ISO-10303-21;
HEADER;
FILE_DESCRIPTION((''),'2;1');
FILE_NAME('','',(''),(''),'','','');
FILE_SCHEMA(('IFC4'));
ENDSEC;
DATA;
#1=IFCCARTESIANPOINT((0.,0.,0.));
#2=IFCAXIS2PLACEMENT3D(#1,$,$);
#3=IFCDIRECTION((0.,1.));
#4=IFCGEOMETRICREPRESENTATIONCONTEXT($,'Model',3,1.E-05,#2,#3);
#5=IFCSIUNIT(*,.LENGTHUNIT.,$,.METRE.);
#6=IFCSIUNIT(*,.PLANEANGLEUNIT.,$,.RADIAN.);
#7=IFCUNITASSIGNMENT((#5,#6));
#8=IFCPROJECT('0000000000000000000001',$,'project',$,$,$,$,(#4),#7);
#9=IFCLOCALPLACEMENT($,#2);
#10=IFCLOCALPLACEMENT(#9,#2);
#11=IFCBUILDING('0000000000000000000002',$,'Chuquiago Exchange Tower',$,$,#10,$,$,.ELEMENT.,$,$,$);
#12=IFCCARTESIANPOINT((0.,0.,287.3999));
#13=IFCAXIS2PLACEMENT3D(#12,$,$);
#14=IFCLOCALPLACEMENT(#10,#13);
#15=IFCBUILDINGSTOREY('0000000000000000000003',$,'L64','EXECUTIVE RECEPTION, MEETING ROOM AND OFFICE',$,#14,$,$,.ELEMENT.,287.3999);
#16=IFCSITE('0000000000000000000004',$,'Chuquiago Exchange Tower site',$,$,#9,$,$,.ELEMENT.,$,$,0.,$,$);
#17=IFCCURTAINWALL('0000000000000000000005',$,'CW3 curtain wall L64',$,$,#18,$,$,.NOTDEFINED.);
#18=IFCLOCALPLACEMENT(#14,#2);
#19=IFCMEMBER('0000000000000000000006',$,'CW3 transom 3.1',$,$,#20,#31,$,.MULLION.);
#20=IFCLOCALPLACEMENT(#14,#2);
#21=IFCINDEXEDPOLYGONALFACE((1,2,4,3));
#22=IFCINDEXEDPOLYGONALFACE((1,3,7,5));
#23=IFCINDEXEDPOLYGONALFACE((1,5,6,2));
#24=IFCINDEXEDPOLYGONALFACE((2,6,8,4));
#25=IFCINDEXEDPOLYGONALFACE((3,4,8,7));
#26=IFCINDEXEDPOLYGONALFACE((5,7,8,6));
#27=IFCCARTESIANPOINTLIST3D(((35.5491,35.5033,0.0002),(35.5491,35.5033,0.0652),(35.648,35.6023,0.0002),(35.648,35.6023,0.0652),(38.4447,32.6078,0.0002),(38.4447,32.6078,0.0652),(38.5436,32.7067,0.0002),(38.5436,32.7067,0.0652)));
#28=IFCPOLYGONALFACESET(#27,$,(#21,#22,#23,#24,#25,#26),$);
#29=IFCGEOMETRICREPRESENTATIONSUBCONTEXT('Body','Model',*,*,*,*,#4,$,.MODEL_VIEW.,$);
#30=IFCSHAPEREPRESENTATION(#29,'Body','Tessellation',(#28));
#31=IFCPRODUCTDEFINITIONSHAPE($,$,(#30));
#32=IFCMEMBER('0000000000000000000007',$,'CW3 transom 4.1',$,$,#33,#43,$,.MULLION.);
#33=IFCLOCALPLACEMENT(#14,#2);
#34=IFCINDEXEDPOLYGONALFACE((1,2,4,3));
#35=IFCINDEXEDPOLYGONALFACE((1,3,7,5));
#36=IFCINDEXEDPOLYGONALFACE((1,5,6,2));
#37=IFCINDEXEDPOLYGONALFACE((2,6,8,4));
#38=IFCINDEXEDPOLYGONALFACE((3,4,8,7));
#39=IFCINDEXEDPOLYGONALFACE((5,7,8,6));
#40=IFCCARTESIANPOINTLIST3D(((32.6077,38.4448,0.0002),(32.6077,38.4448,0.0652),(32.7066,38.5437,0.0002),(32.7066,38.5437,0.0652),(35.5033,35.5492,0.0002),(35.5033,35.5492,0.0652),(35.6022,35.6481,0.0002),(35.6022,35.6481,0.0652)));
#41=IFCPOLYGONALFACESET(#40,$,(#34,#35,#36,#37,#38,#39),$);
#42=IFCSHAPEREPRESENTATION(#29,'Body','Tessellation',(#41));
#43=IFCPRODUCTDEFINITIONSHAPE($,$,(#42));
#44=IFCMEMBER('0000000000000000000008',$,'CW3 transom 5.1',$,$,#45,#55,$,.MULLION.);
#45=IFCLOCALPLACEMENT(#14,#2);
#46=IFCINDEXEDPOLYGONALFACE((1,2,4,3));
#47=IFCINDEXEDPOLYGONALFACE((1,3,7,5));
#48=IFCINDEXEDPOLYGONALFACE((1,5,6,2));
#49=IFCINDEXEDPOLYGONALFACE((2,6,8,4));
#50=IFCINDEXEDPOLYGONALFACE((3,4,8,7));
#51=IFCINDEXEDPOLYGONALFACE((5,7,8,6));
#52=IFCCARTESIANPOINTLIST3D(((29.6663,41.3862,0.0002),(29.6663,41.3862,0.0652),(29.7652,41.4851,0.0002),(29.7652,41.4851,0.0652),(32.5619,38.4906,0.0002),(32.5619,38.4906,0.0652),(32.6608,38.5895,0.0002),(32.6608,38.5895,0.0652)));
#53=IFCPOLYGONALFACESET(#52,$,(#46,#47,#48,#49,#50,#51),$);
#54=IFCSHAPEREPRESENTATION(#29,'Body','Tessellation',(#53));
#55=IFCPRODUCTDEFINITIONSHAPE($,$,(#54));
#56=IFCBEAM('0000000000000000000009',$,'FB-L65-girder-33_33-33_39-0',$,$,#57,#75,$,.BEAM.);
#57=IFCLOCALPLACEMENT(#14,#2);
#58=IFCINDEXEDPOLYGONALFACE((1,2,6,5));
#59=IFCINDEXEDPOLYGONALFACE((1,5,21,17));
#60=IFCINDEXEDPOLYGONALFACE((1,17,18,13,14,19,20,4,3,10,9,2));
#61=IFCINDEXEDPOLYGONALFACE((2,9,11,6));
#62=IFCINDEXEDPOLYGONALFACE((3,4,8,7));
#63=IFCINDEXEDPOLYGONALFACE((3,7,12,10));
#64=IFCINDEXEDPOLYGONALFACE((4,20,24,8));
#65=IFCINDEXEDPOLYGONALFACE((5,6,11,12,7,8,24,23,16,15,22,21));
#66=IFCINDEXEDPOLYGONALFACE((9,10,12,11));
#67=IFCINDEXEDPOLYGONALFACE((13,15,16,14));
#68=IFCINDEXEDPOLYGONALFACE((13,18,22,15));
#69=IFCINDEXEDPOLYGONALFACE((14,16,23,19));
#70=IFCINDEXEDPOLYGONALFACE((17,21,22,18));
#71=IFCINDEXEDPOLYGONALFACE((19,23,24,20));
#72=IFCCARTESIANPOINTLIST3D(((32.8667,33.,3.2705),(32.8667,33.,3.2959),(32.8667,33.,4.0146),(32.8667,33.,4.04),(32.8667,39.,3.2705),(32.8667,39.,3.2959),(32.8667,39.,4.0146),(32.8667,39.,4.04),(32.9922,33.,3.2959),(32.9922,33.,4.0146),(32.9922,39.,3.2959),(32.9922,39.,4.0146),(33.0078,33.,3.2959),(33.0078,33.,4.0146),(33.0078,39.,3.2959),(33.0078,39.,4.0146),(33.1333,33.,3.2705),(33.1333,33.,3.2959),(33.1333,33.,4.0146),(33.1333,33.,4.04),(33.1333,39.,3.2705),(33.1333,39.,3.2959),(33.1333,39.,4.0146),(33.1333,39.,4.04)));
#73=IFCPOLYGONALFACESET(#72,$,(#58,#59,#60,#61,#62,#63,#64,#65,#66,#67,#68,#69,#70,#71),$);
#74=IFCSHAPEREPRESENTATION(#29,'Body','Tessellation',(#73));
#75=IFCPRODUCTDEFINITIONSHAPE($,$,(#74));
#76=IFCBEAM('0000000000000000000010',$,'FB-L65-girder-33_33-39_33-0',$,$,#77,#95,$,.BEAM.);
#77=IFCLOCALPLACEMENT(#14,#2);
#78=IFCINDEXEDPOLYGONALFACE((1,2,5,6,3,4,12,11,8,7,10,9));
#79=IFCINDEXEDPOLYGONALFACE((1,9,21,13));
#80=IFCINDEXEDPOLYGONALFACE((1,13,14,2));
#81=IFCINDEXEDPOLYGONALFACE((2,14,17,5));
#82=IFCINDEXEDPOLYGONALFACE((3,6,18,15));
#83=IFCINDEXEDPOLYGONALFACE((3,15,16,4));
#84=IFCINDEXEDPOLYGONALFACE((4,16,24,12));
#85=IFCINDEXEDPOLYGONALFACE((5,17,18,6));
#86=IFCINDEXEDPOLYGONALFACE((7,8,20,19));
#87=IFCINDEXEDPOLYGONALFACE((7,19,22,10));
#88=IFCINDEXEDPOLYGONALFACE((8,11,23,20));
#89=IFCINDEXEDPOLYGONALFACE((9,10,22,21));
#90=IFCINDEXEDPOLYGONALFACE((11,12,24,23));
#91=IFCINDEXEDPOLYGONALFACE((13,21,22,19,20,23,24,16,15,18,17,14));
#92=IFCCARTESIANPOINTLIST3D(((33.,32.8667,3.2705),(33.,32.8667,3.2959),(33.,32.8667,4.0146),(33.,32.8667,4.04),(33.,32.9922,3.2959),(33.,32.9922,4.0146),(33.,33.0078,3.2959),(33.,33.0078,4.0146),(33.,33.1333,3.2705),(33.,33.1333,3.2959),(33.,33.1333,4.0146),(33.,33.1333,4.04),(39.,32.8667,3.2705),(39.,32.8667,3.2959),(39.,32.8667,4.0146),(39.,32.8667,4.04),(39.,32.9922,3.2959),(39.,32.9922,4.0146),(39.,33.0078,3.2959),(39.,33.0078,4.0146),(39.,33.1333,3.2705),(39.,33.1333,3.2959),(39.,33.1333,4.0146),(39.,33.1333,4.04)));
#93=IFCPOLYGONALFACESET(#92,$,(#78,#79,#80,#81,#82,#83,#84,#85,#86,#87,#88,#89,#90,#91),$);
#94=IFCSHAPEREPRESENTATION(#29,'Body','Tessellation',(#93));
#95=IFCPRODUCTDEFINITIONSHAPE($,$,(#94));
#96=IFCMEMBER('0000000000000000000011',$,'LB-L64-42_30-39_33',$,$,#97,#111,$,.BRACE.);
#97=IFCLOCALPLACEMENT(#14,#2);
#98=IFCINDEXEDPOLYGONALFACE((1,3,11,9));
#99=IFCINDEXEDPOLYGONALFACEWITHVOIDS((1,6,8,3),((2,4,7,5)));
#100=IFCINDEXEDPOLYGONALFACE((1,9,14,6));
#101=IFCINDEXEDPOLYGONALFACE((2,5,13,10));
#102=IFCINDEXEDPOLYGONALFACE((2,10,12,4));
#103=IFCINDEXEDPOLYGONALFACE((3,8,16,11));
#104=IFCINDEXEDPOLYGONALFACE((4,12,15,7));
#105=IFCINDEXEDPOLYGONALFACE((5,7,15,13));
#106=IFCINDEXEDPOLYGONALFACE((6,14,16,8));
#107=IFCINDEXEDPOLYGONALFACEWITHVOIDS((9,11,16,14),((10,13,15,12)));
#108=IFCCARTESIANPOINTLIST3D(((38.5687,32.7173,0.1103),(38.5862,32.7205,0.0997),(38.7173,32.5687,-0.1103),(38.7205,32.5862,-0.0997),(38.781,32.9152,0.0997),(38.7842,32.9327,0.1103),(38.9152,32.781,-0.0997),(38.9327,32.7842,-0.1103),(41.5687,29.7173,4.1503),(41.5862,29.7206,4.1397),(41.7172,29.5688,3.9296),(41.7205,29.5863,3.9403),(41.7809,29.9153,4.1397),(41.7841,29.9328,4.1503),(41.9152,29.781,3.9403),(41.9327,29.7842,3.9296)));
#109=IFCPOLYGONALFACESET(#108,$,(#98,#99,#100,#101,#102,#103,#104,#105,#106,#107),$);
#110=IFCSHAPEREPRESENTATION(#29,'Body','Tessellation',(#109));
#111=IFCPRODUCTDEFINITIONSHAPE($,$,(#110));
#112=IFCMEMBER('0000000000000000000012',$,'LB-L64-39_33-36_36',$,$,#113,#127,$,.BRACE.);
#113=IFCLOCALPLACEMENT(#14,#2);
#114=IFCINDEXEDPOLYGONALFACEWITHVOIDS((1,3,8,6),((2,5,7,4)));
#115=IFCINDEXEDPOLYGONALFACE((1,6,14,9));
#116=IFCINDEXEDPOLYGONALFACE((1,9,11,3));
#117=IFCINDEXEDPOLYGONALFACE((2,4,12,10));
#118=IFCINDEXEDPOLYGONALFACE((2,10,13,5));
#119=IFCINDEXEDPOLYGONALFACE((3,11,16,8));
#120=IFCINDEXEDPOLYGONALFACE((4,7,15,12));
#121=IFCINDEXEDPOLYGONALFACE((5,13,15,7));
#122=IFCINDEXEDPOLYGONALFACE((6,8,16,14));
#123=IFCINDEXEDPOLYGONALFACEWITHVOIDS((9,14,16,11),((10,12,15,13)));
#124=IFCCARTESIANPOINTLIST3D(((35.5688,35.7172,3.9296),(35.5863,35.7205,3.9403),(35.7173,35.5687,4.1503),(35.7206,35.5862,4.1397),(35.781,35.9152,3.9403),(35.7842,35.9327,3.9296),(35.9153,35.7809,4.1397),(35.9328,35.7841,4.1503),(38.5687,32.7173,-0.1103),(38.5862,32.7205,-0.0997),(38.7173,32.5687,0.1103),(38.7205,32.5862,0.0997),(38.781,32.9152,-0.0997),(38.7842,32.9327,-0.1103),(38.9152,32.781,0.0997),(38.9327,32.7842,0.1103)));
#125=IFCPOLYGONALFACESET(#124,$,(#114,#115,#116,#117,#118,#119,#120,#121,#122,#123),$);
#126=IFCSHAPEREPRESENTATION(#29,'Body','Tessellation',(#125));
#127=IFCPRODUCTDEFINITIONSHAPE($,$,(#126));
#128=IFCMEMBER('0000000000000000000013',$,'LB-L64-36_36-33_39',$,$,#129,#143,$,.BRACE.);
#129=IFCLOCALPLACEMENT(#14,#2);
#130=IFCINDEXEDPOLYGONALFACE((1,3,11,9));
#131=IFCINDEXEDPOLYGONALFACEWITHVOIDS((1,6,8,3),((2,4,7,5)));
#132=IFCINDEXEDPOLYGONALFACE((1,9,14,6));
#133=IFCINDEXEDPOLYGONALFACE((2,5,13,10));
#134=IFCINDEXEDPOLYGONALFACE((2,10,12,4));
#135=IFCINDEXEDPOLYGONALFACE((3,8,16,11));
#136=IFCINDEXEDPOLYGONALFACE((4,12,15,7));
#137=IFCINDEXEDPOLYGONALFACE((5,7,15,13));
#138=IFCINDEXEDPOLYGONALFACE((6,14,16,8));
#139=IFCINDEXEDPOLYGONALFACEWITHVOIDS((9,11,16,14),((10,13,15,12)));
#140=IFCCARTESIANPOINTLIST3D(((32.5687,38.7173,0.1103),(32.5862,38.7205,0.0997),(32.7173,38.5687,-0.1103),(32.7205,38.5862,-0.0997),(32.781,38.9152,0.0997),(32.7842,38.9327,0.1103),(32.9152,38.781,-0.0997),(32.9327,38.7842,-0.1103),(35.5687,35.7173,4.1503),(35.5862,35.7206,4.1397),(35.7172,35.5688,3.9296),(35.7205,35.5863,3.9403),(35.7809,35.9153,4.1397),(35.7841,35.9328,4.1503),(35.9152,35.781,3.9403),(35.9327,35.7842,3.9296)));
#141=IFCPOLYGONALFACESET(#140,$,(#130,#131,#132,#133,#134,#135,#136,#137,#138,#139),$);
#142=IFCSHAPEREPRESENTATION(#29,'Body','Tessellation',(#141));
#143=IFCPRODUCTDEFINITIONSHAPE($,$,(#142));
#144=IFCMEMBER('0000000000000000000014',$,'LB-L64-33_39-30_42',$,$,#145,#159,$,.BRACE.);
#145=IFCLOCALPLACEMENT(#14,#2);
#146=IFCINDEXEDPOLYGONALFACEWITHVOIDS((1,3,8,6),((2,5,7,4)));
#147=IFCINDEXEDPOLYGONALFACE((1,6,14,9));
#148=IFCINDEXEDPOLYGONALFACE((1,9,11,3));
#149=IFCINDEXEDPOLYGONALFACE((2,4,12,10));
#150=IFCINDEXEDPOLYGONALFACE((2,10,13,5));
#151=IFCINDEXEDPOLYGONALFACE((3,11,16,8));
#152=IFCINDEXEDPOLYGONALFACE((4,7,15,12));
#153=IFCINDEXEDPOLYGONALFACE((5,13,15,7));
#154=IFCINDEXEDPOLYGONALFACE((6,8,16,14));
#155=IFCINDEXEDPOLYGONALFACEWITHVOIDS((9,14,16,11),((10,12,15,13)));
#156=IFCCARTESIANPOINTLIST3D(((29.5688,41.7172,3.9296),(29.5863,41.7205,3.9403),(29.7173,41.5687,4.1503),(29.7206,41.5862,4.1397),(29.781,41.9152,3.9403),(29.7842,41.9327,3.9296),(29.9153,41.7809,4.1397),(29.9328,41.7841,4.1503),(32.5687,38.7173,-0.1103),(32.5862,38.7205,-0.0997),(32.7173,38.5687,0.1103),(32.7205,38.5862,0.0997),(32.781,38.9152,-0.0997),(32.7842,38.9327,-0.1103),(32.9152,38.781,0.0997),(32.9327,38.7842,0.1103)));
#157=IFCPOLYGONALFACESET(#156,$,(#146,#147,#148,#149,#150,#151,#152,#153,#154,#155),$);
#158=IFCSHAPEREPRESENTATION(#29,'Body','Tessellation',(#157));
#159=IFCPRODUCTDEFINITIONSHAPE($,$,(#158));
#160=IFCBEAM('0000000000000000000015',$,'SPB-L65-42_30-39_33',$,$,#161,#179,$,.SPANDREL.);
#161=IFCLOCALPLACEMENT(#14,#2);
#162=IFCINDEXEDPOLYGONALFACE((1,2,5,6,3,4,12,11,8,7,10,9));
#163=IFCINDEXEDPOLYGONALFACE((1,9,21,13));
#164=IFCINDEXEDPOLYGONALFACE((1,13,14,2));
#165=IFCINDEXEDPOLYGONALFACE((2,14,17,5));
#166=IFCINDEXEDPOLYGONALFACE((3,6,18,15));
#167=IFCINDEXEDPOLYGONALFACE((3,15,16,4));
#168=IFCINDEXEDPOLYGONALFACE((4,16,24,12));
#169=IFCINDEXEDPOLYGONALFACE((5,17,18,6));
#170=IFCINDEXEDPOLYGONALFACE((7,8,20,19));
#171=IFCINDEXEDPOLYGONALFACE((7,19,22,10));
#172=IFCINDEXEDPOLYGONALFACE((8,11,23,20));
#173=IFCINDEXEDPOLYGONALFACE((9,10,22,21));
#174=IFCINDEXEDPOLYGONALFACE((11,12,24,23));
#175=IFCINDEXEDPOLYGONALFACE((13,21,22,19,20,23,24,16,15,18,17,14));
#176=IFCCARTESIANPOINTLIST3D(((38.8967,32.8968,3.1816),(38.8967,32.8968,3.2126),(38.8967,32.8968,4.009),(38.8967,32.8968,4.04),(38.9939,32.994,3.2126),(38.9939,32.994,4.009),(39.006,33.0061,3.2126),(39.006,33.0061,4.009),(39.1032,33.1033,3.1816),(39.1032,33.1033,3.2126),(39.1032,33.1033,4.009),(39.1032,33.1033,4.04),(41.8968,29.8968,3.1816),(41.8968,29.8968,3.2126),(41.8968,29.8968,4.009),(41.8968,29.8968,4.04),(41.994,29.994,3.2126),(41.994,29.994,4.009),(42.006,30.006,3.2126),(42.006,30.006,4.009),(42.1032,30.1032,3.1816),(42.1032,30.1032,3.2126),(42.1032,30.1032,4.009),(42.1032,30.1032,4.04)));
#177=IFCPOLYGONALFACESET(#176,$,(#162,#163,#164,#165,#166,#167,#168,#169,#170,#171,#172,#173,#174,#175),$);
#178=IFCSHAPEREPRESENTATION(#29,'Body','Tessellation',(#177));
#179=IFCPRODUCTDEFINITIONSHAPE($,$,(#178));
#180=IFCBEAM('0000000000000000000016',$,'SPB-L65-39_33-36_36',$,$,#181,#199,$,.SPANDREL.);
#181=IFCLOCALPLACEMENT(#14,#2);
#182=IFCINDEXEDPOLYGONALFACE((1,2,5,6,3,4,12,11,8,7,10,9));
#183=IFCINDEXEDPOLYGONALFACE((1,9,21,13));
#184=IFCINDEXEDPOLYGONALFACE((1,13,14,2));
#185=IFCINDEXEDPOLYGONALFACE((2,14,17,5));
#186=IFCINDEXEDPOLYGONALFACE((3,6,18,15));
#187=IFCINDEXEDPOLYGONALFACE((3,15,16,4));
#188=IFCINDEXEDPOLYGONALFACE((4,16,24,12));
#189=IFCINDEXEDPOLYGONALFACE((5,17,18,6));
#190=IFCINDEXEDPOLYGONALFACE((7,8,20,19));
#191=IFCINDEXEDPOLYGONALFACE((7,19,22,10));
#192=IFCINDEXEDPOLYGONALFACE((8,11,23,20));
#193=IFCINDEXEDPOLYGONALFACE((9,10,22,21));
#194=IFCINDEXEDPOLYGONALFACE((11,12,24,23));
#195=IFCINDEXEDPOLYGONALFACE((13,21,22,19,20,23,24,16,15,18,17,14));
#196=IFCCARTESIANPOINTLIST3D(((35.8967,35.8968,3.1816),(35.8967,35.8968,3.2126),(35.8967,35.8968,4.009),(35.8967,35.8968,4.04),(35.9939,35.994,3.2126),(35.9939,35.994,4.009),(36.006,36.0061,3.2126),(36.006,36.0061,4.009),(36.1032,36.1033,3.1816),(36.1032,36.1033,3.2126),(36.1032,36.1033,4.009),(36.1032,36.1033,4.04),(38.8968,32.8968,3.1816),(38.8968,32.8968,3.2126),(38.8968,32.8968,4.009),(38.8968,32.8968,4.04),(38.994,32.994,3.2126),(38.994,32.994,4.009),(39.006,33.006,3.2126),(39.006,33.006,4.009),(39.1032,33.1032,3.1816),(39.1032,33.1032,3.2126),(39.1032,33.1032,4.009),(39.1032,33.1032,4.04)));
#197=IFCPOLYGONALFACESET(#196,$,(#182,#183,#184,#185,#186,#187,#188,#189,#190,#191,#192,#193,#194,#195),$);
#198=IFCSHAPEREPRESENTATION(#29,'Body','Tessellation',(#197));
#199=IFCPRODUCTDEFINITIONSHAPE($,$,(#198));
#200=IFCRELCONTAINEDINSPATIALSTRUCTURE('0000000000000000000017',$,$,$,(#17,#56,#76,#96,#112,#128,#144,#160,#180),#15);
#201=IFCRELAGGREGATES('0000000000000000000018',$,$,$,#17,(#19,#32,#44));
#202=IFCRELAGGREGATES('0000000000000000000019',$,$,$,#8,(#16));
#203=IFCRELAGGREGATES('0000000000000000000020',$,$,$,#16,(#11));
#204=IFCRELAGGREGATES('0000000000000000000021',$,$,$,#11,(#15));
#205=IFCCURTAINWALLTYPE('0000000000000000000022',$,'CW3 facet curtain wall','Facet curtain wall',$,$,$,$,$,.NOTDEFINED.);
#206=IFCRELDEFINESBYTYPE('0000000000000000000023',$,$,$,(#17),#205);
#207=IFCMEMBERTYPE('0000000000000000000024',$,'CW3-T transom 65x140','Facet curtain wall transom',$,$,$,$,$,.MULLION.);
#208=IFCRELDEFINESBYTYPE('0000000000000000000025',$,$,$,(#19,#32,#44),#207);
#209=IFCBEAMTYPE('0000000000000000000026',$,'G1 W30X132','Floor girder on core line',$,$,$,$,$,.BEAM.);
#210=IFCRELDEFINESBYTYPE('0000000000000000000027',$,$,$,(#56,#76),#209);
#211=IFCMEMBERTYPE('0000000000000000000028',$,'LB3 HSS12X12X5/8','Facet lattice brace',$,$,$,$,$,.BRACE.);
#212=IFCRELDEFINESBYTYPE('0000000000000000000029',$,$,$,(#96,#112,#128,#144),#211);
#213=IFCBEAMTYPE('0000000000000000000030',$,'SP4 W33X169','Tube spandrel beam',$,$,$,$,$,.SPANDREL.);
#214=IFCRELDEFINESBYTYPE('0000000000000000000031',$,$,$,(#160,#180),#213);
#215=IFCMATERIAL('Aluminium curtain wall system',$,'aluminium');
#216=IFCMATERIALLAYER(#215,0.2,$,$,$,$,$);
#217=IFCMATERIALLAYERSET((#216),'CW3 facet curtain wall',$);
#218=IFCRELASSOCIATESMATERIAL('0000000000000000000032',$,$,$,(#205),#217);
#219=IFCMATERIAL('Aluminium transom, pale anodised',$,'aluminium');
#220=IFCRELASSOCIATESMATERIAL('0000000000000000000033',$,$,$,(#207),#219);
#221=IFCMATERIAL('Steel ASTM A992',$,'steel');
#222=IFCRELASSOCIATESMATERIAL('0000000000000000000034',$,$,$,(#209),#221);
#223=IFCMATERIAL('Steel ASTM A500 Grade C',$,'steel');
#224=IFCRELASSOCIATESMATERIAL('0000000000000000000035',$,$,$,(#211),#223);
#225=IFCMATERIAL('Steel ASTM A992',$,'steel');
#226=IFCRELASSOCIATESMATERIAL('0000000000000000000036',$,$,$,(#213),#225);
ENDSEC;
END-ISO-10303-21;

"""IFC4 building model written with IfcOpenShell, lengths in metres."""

from ifc_helpers import new_model, si_unit, direction, frame, origin, origin_2d, place, context, subcontext, project, spatial, rectangle, hollow_rectangle, i_section, extrude, material, layer, layer_set, material_profile, profile_set, type_object, element, aggregate, save


model = new_model("IFC4")

# Units and contexts
model_context = context("Model", 3, precision=1e-05, world=origin(), true_north=direction((0.0, 1.0)))
body_context = subcontext(model_context, "Body", "Model", "MODEL_VIEW")
ifc_project = project(units=[si_unit("LENGTHUNIT", "METRE"), si_unit("PLANEANGLEUNIT", "RADIAN")], contexts=[model_context])

# Site, building, storey
site_placement = place(None, origin())
site = spatial("IfcSite", under=ifc_project, at=site_placement, Name="Chuquiago Exchange Tower site", CompositionType="ELEMENT", RefElevation=0.0)
building_placement = place(site_placement, origin())
building = spatial("IfcBuilding", under=site, at=building_placement, Name="Chuquiago Exchange Tower", CompositionType="ELEMENT")
storey_placement = place(building_placement, frame((0.0, 0.0, 287.3999)))
storey = spatial("IfcBuildingStorey", under=building, at=storey_placement, Name="L64", Description="EXECUTIVE RECEPTION, MEETING ROOM AND OFFICE", CompositionType="ELEMENT", Elevation=287.3999)

# Curtain wall, members
ifc_material_1 = material(Name="Aluminium curtain wall system", Category="aluminium")
ifc_layer_1 = layer(ifc_material_1, 0.2)
ifc_layer_set_1 = layer_set([ifc_layer_1], Name="CW3 facet curtain wall")
curtain_wall_type = type_object("IfcCurtainWallType", Name="CW3 facet curtain wall", Description="Facet curtain wall", PredefinedType="NOTDEFINED", material=ifc_layer_set_1)
curtain_wall_placement = place(storey_placement, origin())
curtain_wall = element("IfcCurtainWall", 1, at=curtain_wall_placement, inside=storey, type_object=curtain_wall_type, Name="CW3 curtain wall L64", PredefinedType="NOTDEFINED")
ifc_material_2 = material(Name="Aluminium transom, pale anodised", Category="aluminium")
ifc_material_profile_1 = material_profile(ifc_material_2, rectangle(XDim=0.1399, YDim=0.0649, at=origin_2d()), Name="AL 140x65")
ifc_profile_set_1 = profile_set([ifc_material_profile_1], Name="Aluminium transom, pale anodised")
member_type_1 = type_object("IfcMemberType", Name="CW3-T transom 65x140", Description="Facet curtain wall transom", PredefinedType="MULLION", material=ifc_profile_set_1)
member_1_placement = place(storey_placement, frame((38.4941, 32.6572, 0.0327), z_axis=(-0.707107, 0.707107, 0.0), x_axis=(-0.707107, -0.707107, 0.0)))
member_1 = element("IfcMember", 2, at=member_1_placement, type_object=member_type_1, Name="CW3 transom 3.1", PredefinedType="MULLION", context=body_context, shape_type="SweptSolid", body=[
    extrude(rectangle(XDim=0.1399, YDim=0.0649, at=origin_2d()), origin(), (0.0, 0.0, 1.0), 4.095),
])
member_2_placement = place(storey_placement, frame((35.5527, 35.5986, 0.0327), z_axis=(-0.707107, 0.707107, 0.0), x_axis=(-0.707107, -0.707107, 0.0)))
member_2 = element("IfcMember", 3, at=member_2_placement, type_object=member_type_1, Name="CW3 transom 4.1", PredefinedType="MULLION", context=body_context, shape_type="SweptSolid", body=[
    extrude(rectangle(XDim=0.1399, YDim=0.0649, at=origin_2d()), origin(), (0.0, 0.0, 1.0), 4.095),
])
member_3_placement = place(storey_placement, frame((32.6113, 38.54, 0.0327), z_axis=(-0.707107, 0.707107, 0.0), x_axis=(-0.707107, -0.707107, 0.0)))
member_3 = element("IfcMember", 4, at=member_3_placement, type_object=member_type_1, Name="CW3 transom 5.1", PredefinedType="MULLION", context=body_context, shape_type="SweptSolid", body=[
    extrude(rectangle(XDim=0.1399, YDim=0.0649, at=origin_2d()), origin(), (0.0, 0.0, 1.0), 4.095),
])

# Beams
ifc_material_3 = material(Name="Steel ASTM A992", Category="steel")
ifc_material_profile_2 = material_profile(ifc_material_3, i_section(OverallWidth=0.2666, OverallDepth=0.7695, WebThickness=0.0156, FlangeThickness=0.0254, at=origin_2d()), Name="W30X132")
ifc_profile_set_2 = profile_set([ifc_material_profile_2], Name="Steel ASTM A992")
beam_type_1 = type_object("IfcBeamType", Name="G1 W30X132", Description="Floor girder on core line", PredefinedType="BEAM", material=ifc_profile_set_2)
for number, where, z_axis, x_axis, name in (
    (5, (33.0, 33.0, 3.6553), (0.0, 1.0, 0.0), (-1.0, 0.0, 0.0), "FB-L65-girder-33_33-33_39-0"),
    (6, (33.0, 33.0, 3.6553), (1.0, 0.0, 0.0), (0.0, 1.0, 0.0), "FB-L65-girder-33_33-39_33-0"),
):
    element("IfcBeam", number, at=place(storey_placement, frame(where, z_axis=z_axis, x_axis=x_axis)), inside=storey, type_object=beam_type_1, Name=name, PredefinedType="BEAM", context=body_context, shape_type="SweptSolid", body=[
        extrude(i_section(OverallWidth=0.2666, OverallDepth=0.7695, WebThickness=0.0156, FlangeThickness=0.0254, at=origin_2d()), origin(), (0.0, 0.0, 1.0), 6.0),
    ])

# Members
ifc_material_4 = material(Name="Steel ASTM A500 Grade C", Category="steel")
ifc_material_profile_3 = material_profile(ifc_material_4, hollow_rectangle(XDim=0.3047, YDim=0.3047, WallThickness=0.0146, at=origin_2d()), Name="HSS12X12X5/8")
ifc_profile_set_3 = profile_set([ifc_material_profile_3], Name="Steel ASTM A500 Grade C")
member_type_2 = type_object("IfcMemberType", Name="LB3 HSS12X12X5/8", Description="Facet lattice brace", PredefinedType="BRACE", material=ifc_profile_set_3)
for number, where, z_axis, x_axis, name in (
    (7, (38.7507, 32.7507, 0.0), (0.512077, -0.512077, 0.689604), (0.707107, 0.707107, 0.0), "LB-L64-42_30-39_33"),
    (8, (38.7507, 32.7507, 0.0), (-0.512077, 0.512077, 0.689604), (-0.707107, -0.707107, 0.0), "LB-L64-39_33-36_36"),
    (9, (32.7507, 38.7507, 0.0), (0.512077, -0.512077, 0.689604), (0.707107, 0.707107, 0.0), "LB-L64-36_36-33_39"),
    (10, (32.7507, 38.7507, 0.0), (-0.512077, 0.512077, 0.689604), (-0.707107, -0.707107, 0.0), "LB-L64-33_39-30_42"),
):
    element("IfcMember", number, at=place(storey_placement, frame(where, z_axis=z_axis, x_axis=x_axis)), inside=storey, type_object=member_type_2, Name=name, PredefinedType="BRACE", context=body_context, shape_type="SweptSolid", body=[
        extrude(hollow_rectangle(XDim=0.3047, YDim=0.3047, WallThickness=0.0146, at=origin_2d()), origin(), (0.0, 0.0, 1.0), 5.8584),
    ])

# Beams
ifc_material_5 = material(Name="Steel ASTM A992", Category="steel")
ifc_material_profile_4 = material_profile(ifc_material_5, i_section(OverallWidth=0.292, OverallDepth=0.8584, WebThickness=0.0171, FlangeThickness=0.031, at=origin_2d()), Name="W33X169")
ifc_profile_set_4 = profile_set([ifc_material_profile_4], Name="Steel ASTM A992")
beam_type_2 = type_object("IfcBeamType", Name="SP4 W33X169", Description="Tube spandrel beam", PredefinedType="SPANDREL", material=ifc_profile_set_4)
for number, where, z_axis, x_axis, name in (
    (11, (42.0, 30.0, 3.6108), (-0.707107, 0.707107, 0.0), (-0.707107, -0.707107, 0.0), "SPB-L65-42_30-39_33"),
    (12, (39.0, 33.0, 3.6108), (-0.707107, 0.707107, 0.0), (-0.707107, -0.707107, 0.0), "SPB-L65-39_33-36_36"),
):
    element("IfcBeam", number, at=place(storey_placement, frame(where, z_axis=z_axis, x_axis=x_axis)), inside=storey, type_object=beam_type_2, Name=name, PredefinedType="SPANDREL", context=body_context, shape_type="SweptSolid", body=[
        extrude(i_section(OverallWidth=0.292, OverallDepth=0.8584, WebThickness=0.0171, FlangeThickness=0.031, at=origin_2d()), origin(), (0.0, 0.0, 1.0), 4.2427),
    ])

aggregate(curtain_wall, [member_1, member_2, member_3])

save(model, "model.ifc")
